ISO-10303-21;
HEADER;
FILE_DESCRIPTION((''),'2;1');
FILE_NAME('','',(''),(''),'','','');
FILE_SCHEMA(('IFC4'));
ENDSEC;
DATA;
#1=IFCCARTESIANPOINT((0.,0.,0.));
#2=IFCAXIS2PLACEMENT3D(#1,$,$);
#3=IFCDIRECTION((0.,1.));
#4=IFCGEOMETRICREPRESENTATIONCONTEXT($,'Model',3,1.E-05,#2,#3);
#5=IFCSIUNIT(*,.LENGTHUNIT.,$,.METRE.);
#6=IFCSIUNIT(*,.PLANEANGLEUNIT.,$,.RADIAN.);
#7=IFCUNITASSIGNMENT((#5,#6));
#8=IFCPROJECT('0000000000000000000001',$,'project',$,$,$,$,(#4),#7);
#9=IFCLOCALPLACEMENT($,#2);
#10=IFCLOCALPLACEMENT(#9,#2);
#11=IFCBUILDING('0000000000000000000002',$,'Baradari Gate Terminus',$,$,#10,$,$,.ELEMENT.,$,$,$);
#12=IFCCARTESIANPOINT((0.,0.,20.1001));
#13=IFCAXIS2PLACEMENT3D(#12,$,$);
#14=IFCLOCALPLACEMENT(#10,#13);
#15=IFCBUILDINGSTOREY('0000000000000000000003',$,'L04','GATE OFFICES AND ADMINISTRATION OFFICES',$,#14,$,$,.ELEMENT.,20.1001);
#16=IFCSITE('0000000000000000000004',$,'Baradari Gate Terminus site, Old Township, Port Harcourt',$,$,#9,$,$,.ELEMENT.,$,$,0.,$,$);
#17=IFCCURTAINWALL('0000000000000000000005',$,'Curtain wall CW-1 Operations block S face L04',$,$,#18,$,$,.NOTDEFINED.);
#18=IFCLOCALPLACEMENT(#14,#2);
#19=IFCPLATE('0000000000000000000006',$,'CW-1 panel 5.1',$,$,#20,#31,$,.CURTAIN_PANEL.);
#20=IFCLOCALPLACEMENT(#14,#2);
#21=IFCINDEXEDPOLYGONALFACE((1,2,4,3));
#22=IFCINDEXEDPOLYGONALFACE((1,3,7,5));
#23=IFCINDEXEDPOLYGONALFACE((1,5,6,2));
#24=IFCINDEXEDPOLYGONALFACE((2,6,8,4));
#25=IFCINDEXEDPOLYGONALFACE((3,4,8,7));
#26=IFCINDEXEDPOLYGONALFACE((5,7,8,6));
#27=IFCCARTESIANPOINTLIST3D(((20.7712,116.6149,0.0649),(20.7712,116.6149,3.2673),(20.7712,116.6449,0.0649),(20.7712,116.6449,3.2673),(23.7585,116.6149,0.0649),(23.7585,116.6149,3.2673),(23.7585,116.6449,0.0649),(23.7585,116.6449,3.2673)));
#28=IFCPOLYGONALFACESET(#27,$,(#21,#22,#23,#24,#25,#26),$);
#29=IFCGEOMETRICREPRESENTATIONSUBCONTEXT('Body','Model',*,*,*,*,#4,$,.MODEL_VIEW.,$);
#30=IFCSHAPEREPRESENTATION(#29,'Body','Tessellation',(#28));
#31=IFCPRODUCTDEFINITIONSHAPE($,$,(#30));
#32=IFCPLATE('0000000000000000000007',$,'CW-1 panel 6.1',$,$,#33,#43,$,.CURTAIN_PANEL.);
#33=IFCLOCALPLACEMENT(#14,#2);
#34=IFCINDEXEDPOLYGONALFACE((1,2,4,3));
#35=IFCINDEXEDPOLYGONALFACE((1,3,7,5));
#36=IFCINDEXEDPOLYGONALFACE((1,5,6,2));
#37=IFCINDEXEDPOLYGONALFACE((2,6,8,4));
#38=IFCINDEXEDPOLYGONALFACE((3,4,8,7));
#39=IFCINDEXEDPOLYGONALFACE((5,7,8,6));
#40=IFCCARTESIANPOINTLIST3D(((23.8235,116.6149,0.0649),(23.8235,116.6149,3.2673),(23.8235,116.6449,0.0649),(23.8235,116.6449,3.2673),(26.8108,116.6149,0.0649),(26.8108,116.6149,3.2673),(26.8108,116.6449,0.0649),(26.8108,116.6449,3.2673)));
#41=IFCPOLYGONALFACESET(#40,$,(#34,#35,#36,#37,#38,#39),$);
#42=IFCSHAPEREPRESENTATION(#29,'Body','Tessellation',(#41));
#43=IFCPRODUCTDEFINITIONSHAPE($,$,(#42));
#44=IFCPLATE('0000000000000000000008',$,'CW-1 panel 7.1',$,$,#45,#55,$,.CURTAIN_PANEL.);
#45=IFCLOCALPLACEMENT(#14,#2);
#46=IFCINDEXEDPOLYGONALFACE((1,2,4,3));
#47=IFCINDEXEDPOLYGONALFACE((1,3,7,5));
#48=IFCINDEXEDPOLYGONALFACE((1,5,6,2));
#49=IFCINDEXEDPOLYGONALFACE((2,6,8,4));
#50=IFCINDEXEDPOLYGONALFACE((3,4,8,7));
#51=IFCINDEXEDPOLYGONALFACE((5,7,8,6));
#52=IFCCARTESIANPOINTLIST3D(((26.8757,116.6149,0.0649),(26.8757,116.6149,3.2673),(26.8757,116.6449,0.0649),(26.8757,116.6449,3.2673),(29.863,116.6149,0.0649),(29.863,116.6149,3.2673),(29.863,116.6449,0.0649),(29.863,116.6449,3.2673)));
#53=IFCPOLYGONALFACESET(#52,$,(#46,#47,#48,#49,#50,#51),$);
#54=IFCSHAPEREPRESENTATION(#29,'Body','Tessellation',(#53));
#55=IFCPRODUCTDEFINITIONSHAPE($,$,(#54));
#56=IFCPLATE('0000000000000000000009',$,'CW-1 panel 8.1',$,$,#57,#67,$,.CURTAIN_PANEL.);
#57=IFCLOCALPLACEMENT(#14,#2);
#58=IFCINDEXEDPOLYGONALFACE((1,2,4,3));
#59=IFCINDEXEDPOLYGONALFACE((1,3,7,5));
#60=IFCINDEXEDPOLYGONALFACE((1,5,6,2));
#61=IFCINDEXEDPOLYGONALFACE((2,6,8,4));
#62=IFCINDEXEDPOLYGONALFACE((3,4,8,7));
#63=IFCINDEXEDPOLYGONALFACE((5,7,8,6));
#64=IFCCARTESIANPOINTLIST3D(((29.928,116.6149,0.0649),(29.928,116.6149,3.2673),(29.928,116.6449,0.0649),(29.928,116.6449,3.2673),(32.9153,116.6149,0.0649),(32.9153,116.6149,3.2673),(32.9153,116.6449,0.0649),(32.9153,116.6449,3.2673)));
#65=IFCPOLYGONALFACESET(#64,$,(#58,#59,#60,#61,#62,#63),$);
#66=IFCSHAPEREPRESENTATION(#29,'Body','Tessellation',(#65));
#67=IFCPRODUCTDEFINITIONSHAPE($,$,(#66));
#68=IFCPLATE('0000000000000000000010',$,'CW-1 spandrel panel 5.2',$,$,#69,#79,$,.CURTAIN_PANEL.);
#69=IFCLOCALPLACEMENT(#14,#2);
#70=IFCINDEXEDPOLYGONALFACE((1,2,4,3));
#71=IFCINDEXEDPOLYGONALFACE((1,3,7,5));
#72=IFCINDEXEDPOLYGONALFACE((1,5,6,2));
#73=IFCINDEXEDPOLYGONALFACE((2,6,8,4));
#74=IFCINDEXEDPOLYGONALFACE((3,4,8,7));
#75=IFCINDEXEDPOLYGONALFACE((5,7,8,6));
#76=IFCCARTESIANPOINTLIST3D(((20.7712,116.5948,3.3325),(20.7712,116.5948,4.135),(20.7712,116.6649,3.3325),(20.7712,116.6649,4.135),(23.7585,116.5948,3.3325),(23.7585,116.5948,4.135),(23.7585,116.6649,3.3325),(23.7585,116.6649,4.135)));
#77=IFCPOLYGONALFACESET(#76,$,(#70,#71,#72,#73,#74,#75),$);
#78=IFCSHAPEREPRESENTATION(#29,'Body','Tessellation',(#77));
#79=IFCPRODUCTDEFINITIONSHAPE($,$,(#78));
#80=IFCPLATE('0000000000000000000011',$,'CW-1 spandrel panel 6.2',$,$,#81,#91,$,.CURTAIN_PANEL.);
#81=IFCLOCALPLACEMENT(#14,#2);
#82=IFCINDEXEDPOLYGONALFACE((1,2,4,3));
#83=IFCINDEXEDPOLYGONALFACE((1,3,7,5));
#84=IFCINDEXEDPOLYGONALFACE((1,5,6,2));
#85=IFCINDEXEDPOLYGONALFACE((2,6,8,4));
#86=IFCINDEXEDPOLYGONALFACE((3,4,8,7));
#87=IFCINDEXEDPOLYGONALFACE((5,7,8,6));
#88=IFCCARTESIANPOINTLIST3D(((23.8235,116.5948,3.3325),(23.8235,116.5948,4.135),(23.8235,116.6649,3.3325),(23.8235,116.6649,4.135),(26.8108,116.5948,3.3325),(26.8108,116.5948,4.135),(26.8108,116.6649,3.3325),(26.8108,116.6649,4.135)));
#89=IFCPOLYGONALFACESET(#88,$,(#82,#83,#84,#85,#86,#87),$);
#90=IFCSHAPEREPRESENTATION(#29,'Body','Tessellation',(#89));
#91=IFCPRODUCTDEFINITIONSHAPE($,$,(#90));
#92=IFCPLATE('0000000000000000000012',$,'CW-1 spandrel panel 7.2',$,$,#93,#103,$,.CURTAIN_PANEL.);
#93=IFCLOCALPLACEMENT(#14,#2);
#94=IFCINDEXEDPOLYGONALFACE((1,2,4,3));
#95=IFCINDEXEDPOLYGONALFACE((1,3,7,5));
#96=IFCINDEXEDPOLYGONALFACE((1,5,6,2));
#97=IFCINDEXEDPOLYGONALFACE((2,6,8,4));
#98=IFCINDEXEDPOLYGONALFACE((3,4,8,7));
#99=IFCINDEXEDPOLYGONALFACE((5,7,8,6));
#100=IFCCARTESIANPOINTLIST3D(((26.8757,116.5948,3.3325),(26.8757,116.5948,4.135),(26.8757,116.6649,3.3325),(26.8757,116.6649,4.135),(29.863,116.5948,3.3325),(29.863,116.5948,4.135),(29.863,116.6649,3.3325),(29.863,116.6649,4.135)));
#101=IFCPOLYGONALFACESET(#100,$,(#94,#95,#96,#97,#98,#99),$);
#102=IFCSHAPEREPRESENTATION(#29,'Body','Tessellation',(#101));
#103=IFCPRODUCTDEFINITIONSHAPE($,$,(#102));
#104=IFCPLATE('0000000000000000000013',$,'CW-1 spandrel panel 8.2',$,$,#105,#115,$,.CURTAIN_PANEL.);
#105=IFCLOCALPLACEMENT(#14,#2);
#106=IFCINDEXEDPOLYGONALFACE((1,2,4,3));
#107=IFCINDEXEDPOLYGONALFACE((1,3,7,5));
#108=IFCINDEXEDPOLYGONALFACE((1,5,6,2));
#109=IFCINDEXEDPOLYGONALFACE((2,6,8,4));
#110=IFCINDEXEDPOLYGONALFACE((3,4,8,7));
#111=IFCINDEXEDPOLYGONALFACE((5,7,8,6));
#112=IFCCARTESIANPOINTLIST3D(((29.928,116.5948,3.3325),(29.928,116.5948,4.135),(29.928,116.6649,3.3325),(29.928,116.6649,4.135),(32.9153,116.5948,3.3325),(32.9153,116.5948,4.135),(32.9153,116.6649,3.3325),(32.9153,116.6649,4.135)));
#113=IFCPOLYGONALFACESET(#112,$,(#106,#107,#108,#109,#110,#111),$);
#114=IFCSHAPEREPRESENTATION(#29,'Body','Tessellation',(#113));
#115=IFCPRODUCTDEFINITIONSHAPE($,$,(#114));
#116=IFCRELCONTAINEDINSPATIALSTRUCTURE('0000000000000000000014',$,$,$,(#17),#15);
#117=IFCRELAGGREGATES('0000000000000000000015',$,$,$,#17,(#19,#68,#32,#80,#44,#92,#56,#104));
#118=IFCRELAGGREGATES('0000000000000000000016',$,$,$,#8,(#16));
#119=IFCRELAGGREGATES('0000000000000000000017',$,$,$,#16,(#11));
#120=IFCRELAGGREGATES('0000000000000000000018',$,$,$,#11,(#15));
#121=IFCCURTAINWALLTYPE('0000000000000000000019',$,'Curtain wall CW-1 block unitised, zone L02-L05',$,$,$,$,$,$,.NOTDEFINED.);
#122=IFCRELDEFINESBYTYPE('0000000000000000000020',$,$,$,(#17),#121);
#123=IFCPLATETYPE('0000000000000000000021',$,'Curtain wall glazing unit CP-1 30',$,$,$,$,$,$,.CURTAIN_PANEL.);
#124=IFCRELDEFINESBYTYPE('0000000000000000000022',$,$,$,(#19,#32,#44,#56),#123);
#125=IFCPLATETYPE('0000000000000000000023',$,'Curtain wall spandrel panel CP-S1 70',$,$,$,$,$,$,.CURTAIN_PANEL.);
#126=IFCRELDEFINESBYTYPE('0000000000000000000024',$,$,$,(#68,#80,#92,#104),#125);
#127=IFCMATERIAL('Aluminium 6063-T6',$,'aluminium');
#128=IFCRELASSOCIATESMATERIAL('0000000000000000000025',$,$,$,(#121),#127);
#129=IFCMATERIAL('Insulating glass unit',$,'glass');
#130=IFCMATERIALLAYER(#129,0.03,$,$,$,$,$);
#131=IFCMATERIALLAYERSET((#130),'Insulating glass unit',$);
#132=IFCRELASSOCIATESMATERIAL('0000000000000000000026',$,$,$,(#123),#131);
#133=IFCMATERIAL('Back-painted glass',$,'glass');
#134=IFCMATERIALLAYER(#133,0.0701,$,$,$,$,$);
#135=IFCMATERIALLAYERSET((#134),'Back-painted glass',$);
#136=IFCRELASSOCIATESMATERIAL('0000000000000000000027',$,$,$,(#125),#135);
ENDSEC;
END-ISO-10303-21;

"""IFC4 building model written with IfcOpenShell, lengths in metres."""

from ifc_helpers import new_model, si_unit, direction, frame, origin, origin_2d, place, context, subcontext, project, spatial, rectangle, extrude, material, layer, layer_set, type_object, element, aggregate, save


model = new_model("IFC4")

# Units and contexts
model_context = context("Model", 3, precision=1e-05, world=origin(), true_north=direction((0.0, 1.0)))
body_context = subcontext(model_context, "Body", "Model", "MODEL_VIEW")
ifc_project = project(units=[si_unit("LENGTHUNIT", "METRE"), si_unit("PLANEANGLEUNIT", "RADIAN")], contexts=[model_context])

# Site, building, storey
site_placement = place(None, origin())
site = spatial("IfcSite", under=ifc_project, at=site_placement, Name="Baradari Gate Terminus site, Old Township, Port Harcourt", CompositionType="ELEMENT", RefElevation=0.0)
building_placement = place(site_placement, origin())
building = spatial("IfcBuilding", under=site, at=building_placement, Name="Baradari Gate Terminus", CompositionType="ELEMENT")
storey_placement = place(building_placement, frame((0.0, 0.0, 20.1001)))
storey = spatial("IfcBuildingStorey", under=building, at=storey_placement, Name="L04", Description="GATE OFFICES AND ADMINISTRATION OFFICES", CompositionType="ELEMENT", Elevation=20.1001)

# Curtain wall, plates
ifc_material_1 = material(Name="Aluminium 6063-T6", Category="aluminium")
curtain_wall_type = type_object("IfcCurtainWallType", Name="Curtain wall CW-1 block unitised, zone L02-L05", PredefinedType="NOTDEFINED", material=ifc_material_1)
curtain_wall_placement = place(storey_placement, origin())
curtain_wall = element("IfcCurtainWall", 1, at=curtain_wall_placement, inside=storey, type_object=curtain_wall_type, Name="Curtain wall CW-1 Operations block S face L04", PredefinedType="NOTDEFINED")
ifc_material_2 = material(Name="Insulating glass unit", Category="glass")
ifc_layer_1 = layer(ifc_material_2, 0.03)
ifc_layer_set_1 = layer_set([ifc_layer_1], Name="Insulating glass unit")
plate_type_1 = type_object("IfcPlateType", Name="Curtain wall glazing unit CP-1 30", PredefinedType="CURTAIN_PANEL", material=ifc_layer_set_1)
plate_1_placement = place(storey_placement, frame((22.2649, 116.6299, 0.0649), z_axis=(0.0, 0.0, 1.0), x_axis=(1.0, 0.0, 0.0)))
plate_1 = element("IfcPlate", 2, at=plate_1_placement, type_object=plate_type_1, Name="CW-1 panel 5.1", PredefinedType="CURTAIN_PANEL", context=body_context, shape_type="SweptSolid", body=[
    extrude(rectangle(XDim=2.9873, YDim=0.03, at=origin_2d()), origin(), (0.0, 0.0, 1.0), 3.2024),
])
plate_2_placement = place(storey_placement, frame((25.3171, 116.6299, 0.0649), z_axis=(0.0, 0.0, 1.0), x_axis=(1.0, 0.0, 0.0)))
plate_2 = element("IfcPlate", 3, at=plate_2_placement, type_object=plate_type_1, Name="CW-1 panel 6.1", PredefinedType="CURTAIN_PANEL", context=body_context, shape_type="SweptSolid", body=[
    extrude(rectangle(XDim=2.9873, YDim=0.03, at=origin_2d()), origin(), (0.0, 0.0, 1.0), 3.2024),
])
plate_3_placement = place(storey_placement, frame((28.3694, 116.6299, 0.0649), z_axis=(0.0, 0.0, 1.0), x_axis=(1.0, 0.0, 0.0)))
plate_3 = element("IfcPlate", 4, at=plate_3_placement, type_object=plate_type_1, Name="CW-1 panel 7.1", PredefinedType="CURTAIN_PANEL", context=body_context, shape_type="SweptSolid", body=[
    extrude(rectangle(XDim=2.9873, YDim=0.03, at=origin_2d()), origin(), (0.0, 0.0, 1.0), 3.2024),
])
plate_4_placement = place(storey_placement, frame((31.4216, 116.6299, 0.0649), z_axis=(0.0, 0.0, 1.0), x_axis=(1.0, 0.0, 0.0)))
plate_4 = element("IfcPlate", 5, at=plate_4_placement, type_object=plate_type_1, Name="CW-1 panel 8.1", PredefinedType="CURTAIN_PANEL", context=body_context, shape_type="SweptSolid", body=[
    extrude(rectangle(XDim=2.9873, YDim=0.03, at=origin_2d()), origin(), (0.0, 0.0, 1.0), 3.2024),
])
ifc_material_3 = material(Name="Back-painted glass", Category="glass")
ifc_layer_2 = layer(ifc_material_3, 0.0701)
ifc_layer_set_2 = layer_set([ifc_layer_2], Name="Back-painted glass")
plate_type_2 = type_object("IfcPlateType", Name="Curtain wall spandrel panel CP-S1 70", PredefinedType="CURTAIN_PANEL", material=ifc_layer_set_2)
plate_5_placement = place(storey_placement, frame((22.2649, 116.6299, 3.3325), z_axis=(0.0, 0.0, 1.0), x_axis=(1.0, 0.0, 0.0)))
plate_5 = element("IfcPlate", 6, at=plate_5_placement, type_object=plate_type_2, Name="CW-1 spandrel panel 5.2", PredefinedType="CURTAIN_PANEL", context=body_context, shape_type="SweptSolid", body=[
    extrude(rectangle(XDim=2.9873, YDim=0.0701, at=origin_2d()), origin(), (0.0, 0.0, 1.0), 0.8025),
])
plate_6_placement = place(storey_placement, frame((25.3171, 116.6299, 3.3325), z_axis=(0.0, 0.0, 1.0), x_axis=(1.0, 0.0, 0.0)))
plate_6 = element("IfcPlate", 7, at=plate_6_placement, type_object=plate_type_2, Name="CW-1 spandrel panel 6.2", PredefinedType="CURTAIN_PANEL", context=body_context, shape_type="SweptSolid", body=[
    extrude(rectangle(XDim=2.9873, YDim=0.0701, at=origin_2d()), origin(), (0.0, 0.0, 1.0), 0.8025),
])
plate_7_placement = place(storey_placement, frame((28.3694, 116.6299, 3.3325), z_axis=(0.0, 0.0, 1.0), x_axis=(1.0, 0.0, 0.0)))
plate_7 = element("IfcPlate", 8, at=plate_7_placement, type_object=plate_type_2, Name="CW-1 spandrel panel 7.2", PredefinedType="CURTAIN_PANEL", context=body_context, shape_type="SweptSolid", body=[
    extrude(rectangle(XDim=2.9873, YDim=0.0701, at=origin_2d()), origin(), (0.0, 0.0, 1.0), 0.8025),
])
plate_8_placement = place(storey_placement, frame((31.4216, 116.6299, 3.3325), z_axis=(0.0, 0.0, 1.0), x_axis=(1.0, 0.0, 0.0)))
plate_8 = element("IfcPlate", 9, at=plate_8_placement, type_object=plate_type_2, Name="CW-1 spandrel panel 8.2", PredefinedType="CURTAIN_PANEL", context=body_context, shape_type="SweptSolid", body=[
    extrude(rectangle(XDim=2.9873, YDim=0.0701, at=origin_2d()), origin(), (0.0, 0.0, 1.0), 0.8025),
])
aggregate(curtain_wall, [plate_1, plate_5, plate_2, plate_6, plate_3, plate_7, plate_4, plate_8])

save(model, "model.ifc")
